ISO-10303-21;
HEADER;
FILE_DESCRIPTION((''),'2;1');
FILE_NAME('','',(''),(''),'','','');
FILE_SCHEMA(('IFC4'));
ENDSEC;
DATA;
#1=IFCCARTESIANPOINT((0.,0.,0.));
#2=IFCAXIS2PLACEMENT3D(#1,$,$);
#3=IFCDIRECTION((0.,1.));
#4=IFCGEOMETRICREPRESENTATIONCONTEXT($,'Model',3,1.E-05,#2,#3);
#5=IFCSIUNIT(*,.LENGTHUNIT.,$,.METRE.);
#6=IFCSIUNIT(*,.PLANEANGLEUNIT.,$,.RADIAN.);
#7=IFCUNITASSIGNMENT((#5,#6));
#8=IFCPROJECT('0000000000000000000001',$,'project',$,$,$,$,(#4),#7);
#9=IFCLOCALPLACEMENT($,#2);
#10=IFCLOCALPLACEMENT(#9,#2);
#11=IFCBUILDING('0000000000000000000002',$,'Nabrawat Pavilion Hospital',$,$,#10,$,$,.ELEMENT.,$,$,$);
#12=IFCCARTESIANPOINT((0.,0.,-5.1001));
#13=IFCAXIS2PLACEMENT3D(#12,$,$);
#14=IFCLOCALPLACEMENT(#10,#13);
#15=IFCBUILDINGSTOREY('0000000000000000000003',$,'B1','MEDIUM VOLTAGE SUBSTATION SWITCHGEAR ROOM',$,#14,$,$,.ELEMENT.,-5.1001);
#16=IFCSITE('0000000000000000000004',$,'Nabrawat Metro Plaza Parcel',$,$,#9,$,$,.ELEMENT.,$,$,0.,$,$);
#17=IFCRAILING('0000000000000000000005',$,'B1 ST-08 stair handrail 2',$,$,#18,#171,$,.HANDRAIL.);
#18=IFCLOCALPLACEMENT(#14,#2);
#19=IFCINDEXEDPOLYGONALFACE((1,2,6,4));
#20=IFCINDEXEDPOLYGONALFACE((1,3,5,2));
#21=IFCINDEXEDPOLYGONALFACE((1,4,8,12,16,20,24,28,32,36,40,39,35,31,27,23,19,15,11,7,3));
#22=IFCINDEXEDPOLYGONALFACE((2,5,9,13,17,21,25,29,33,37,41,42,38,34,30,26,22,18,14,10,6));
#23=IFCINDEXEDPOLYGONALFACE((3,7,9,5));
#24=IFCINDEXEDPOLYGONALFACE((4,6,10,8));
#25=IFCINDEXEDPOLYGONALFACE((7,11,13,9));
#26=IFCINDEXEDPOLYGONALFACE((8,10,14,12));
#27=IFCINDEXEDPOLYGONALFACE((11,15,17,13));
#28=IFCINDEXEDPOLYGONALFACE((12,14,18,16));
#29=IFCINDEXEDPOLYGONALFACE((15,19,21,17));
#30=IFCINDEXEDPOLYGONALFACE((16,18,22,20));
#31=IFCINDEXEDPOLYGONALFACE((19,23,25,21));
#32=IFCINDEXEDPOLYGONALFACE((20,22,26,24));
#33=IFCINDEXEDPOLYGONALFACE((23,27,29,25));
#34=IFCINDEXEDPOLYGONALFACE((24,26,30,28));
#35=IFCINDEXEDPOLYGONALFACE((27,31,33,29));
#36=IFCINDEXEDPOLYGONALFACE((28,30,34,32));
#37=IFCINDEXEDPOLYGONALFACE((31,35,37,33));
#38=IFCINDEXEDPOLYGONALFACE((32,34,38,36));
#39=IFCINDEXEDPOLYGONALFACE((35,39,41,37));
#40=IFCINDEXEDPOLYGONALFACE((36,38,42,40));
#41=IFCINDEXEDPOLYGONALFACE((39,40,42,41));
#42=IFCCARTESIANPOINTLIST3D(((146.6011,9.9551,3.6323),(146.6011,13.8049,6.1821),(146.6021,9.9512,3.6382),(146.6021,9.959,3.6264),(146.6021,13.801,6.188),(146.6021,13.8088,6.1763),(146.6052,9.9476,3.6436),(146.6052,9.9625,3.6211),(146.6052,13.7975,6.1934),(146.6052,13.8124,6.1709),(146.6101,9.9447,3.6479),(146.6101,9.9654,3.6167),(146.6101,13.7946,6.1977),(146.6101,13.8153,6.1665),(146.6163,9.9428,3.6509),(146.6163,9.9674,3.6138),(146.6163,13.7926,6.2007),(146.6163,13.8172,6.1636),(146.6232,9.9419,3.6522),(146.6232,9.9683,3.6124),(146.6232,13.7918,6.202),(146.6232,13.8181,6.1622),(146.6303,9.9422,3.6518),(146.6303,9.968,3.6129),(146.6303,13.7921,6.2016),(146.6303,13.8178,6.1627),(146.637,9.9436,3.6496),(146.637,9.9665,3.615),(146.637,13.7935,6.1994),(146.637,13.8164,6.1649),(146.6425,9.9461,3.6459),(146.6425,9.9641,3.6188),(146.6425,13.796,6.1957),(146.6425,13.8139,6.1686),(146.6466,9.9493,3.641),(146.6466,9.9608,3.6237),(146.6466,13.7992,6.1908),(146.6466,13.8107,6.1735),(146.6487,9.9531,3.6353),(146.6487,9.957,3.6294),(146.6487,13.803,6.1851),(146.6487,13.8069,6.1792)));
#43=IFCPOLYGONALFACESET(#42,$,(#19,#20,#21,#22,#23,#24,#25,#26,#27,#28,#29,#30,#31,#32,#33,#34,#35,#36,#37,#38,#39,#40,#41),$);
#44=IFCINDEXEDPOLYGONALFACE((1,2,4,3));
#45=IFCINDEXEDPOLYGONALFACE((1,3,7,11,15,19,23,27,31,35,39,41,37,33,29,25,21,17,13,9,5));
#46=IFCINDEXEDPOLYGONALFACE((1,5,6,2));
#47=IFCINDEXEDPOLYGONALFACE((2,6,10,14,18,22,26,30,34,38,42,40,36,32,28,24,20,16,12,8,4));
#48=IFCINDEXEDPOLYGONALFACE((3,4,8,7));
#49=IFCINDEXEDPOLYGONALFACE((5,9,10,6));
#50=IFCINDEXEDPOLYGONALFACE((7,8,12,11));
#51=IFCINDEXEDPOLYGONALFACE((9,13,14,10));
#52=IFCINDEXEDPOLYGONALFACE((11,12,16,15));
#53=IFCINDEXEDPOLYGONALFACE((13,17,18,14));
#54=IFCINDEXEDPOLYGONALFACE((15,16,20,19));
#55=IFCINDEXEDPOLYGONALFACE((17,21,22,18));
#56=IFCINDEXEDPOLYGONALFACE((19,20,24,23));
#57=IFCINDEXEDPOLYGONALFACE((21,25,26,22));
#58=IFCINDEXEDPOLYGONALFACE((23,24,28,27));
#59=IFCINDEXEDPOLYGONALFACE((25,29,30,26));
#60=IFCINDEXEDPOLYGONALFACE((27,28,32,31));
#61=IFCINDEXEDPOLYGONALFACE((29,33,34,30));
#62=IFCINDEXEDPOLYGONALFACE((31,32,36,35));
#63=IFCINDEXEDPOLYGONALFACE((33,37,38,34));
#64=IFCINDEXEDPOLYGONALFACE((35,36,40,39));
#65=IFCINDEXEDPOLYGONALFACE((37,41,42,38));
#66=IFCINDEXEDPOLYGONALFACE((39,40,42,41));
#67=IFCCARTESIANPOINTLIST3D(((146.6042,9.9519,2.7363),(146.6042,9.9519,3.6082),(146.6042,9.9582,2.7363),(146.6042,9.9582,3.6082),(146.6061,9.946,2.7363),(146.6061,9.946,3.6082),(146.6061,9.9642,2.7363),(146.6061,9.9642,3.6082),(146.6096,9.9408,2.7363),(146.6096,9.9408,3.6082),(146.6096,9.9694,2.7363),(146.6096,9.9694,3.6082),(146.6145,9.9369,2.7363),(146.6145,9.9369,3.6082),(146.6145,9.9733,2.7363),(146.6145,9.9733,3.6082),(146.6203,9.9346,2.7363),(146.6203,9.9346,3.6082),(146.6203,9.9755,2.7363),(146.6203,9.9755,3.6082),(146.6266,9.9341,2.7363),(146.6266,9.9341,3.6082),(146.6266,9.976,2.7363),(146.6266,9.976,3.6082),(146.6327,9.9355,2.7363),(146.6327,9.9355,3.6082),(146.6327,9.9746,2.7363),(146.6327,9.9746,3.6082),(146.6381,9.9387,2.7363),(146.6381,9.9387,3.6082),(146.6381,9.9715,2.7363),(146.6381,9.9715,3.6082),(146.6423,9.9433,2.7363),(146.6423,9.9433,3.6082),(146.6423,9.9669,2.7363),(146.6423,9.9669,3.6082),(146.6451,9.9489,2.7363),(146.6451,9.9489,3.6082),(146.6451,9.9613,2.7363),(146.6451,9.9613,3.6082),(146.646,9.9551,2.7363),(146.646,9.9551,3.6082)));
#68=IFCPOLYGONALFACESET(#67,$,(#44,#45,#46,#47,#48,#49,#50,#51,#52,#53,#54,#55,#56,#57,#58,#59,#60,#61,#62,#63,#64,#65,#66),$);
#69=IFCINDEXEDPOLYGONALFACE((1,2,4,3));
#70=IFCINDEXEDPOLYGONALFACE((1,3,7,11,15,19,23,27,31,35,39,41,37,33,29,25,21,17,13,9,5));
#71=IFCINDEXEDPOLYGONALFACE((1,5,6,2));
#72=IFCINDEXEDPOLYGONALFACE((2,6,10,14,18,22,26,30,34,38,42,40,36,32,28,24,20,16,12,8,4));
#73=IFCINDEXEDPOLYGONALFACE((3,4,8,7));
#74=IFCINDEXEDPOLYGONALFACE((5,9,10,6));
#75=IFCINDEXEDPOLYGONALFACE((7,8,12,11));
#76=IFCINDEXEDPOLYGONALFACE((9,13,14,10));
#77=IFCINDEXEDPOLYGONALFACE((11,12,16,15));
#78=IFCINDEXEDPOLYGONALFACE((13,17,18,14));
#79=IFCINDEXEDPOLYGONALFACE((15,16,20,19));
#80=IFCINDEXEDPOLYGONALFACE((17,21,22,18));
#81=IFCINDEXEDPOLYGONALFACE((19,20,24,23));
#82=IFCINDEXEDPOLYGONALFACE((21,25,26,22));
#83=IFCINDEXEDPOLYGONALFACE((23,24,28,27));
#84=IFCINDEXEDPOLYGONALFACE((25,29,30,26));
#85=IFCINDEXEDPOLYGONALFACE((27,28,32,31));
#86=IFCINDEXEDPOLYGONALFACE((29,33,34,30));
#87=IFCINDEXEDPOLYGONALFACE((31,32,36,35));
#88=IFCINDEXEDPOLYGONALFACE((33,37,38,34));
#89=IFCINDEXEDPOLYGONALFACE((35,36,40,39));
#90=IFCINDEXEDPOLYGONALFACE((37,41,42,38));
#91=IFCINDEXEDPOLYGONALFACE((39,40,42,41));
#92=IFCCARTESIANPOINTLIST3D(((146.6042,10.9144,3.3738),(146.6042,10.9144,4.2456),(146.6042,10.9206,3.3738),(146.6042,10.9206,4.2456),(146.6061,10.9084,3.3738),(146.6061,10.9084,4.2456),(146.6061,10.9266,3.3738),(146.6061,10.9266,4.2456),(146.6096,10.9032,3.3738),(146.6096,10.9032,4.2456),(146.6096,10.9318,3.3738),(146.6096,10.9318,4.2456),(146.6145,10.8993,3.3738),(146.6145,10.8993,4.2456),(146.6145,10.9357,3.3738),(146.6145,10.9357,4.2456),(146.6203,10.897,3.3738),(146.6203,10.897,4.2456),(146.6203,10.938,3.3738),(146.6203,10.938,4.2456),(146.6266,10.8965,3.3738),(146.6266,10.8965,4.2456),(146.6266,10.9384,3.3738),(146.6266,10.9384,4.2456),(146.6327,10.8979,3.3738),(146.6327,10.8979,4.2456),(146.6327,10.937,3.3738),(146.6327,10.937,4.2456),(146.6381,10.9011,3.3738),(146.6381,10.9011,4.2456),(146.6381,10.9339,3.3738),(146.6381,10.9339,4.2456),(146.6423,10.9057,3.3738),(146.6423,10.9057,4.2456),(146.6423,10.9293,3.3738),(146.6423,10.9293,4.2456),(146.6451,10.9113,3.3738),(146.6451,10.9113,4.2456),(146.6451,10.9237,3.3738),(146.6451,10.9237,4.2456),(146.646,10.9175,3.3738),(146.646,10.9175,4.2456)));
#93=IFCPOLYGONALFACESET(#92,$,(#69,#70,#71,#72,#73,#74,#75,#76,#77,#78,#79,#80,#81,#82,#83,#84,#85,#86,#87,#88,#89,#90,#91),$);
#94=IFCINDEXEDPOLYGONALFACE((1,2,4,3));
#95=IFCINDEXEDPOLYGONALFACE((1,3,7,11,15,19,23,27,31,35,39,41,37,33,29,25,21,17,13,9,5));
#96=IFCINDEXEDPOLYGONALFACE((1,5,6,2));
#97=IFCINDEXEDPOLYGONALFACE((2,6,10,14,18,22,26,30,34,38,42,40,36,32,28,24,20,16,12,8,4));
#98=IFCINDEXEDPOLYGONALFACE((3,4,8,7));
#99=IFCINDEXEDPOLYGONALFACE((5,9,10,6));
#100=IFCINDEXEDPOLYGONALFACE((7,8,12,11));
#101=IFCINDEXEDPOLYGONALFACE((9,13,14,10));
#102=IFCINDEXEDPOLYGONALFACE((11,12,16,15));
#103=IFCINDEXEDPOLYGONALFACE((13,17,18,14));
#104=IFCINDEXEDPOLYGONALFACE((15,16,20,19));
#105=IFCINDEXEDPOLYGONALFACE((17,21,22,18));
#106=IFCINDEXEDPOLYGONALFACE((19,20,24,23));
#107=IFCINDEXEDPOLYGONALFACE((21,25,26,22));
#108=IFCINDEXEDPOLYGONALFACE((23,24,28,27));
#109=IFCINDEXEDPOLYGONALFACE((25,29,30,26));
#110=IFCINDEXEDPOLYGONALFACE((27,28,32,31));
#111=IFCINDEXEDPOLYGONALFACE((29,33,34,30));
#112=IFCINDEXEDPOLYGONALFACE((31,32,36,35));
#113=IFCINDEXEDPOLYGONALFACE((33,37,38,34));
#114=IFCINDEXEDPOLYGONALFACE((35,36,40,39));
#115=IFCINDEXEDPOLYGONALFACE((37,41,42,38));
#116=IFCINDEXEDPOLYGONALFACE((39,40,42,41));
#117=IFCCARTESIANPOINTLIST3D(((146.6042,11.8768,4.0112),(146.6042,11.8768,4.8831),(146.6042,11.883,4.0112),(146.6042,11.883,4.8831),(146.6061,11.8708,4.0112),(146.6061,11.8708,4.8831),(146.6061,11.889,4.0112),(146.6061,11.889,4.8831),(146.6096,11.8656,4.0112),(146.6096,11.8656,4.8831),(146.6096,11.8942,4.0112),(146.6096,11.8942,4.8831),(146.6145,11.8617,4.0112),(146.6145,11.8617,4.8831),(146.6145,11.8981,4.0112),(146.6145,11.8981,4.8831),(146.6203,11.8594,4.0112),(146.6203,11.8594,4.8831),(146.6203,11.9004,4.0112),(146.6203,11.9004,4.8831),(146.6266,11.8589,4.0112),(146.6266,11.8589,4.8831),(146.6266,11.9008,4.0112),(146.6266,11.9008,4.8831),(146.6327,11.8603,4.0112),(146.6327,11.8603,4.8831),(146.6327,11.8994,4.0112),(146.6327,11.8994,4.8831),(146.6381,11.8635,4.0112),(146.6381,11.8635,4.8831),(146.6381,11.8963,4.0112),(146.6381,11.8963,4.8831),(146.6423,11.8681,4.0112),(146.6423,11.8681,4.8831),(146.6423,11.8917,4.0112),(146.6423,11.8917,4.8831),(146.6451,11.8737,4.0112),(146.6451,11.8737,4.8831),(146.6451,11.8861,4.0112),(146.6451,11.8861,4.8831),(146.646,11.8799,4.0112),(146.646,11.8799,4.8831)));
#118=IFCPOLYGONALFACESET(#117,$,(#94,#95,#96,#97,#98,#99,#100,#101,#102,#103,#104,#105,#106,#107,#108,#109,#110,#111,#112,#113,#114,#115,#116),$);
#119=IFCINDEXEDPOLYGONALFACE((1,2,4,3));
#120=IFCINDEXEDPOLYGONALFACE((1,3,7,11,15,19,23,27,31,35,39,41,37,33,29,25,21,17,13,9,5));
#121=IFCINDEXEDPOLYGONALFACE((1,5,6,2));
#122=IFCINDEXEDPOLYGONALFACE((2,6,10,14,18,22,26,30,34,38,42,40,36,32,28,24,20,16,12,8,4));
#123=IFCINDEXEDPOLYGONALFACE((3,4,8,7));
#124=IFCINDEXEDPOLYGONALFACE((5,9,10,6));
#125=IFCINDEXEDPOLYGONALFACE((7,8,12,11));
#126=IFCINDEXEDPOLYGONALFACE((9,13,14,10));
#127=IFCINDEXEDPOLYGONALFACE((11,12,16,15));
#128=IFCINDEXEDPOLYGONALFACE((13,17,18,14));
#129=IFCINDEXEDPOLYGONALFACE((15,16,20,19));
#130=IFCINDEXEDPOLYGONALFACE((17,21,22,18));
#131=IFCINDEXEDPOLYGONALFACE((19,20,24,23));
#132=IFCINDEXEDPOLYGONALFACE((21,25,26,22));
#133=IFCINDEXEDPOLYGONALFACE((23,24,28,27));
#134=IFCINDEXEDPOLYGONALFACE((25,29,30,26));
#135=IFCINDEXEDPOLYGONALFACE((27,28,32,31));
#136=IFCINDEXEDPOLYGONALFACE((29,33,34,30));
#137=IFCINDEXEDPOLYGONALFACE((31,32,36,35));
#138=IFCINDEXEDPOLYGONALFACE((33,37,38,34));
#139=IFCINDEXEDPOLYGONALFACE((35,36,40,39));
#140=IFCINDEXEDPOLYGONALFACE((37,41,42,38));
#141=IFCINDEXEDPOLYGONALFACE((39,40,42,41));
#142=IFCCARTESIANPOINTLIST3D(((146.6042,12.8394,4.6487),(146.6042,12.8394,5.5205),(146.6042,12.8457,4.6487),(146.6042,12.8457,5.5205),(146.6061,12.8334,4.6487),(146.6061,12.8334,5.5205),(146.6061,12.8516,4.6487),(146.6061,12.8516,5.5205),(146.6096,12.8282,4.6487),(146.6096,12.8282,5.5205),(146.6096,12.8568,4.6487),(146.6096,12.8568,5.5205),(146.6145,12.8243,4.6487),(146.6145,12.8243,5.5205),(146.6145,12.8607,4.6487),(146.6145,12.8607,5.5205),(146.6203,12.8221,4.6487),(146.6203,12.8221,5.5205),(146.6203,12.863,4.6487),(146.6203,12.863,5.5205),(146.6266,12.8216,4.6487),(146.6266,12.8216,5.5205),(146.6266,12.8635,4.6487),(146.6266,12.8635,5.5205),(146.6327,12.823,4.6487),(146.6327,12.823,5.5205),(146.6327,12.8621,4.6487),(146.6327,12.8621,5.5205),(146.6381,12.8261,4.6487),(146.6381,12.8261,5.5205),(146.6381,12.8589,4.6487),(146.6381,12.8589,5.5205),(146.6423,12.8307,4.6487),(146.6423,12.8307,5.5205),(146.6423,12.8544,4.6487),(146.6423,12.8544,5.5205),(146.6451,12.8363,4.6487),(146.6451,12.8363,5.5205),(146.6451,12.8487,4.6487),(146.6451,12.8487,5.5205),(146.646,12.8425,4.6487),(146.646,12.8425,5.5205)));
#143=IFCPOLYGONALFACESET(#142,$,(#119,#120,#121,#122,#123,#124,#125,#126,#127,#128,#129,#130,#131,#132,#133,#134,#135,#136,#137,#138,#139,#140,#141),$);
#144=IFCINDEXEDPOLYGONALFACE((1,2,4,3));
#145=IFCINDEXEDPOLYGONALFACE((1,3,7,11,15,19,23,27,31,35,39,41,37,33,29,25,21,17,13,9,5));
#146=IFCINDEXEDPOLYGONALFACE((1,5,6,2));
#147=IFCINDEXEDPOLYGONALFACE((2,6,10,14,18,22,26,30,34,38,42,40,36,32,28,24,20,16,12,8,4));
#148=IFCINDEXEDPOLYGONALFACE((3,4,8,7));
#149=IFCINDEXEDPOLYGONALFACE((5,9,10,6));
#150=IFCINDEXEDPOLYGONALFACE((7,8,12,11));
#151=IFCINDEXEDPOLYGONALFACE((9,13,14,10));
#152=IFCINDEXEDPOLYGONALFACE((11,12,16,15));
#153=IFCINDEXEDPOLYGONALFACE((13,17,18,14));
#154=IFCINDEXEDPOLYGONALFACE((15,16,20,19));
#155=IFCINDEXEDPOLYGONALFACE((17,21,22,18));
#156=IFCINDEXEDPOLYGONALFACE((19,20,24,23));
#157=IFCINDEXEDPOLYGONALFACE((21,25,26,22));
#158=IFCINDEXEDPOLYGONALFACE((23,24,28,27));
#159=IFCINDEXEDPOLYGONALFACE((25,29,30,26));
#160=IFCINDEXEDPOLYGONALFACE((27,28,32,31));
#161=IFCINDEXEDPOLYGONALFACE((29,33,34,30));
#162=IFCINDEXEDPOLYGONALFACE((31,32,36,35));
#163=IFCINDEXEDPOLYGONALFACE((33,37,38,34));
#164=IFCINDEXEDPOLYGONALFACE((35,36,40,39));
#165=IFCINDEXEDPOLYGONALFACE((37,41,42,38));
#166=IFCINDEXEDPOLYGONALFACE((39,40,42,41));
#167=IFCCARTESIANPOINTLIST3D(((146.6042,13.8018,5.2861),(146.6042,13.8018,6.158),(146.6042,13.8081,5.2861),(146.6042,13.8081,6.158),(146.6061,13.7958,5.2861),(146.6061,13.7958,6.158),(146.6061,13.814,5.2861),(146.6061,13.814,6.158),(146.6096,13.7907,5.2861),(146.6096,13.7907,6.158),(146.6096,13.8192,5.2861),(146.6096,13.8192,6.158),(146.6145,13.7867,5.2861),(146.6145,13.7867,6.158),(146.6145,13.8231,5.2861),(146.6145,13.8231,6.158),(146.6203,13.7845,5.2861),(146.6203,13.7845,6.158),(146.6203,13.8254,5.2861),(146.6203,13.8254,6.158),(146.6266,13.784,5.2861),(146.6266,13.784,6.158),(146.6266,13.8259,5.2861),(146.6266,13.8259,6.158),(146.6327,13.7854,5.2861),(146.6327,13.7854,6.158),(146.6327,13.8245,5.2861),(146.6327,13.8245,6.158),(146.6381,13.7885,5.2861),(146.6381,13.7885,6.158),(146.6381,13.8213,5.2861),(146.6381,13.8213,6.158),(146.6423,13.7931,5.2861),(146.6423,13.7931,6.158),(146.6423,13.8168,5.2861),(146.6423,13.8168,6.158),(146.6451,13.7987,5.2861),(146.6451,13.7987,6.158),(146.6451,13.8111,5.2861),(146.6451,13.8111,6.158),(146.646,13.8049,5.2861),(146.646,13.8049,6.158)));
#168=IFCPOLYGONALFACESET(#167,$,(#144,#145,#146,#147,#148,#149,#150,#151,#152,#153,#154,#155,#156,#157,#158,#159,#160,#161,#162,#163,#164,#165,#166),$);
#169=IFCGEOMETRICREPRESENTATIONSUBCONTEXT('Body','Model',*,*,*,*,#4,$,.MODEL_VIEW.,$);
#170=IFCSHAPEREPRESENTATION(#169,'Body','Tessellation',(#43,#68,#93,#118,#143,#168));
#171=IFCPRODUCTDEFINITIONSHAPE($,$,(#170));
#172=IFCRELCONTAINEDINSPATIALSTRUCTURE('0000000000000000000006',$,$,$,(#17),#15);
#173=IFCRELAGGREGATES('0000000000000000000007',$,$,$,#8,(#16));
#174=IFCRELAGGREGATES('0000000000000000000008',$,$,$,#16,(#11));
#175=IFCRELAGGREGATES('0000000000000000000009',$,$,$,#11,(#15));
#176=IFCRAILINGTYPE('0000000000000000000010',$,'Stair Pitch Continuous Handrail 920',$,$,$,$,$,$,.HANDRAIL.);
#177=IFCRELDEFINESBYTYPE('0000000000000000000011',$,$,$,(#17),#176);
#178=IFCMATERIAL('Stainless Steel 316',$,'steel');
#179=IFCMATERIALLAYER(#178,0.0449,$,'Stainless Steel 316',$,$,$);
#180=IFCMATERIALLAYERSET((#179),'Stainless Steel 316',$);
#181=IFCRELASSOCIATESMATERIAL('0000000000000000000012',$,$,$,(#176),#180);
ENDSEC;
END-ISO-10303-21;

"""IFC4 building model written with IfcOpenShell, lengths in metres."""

from ifc_helpers import new_model, si_unit, direction, frame, origin, origin_2d, place, context, subcontext, project, spatial, circle, extrude, material, layer, layer_set, type_object, element, save


model = new_model("IFC4")

# Units and contexts
model_context = context("Model", 3, precision=1e-05, world=origin(), true_north=direction((0.0, 1.0)))
body_context = subcontext(model_context, "Body", "Model", "MODEL_VIEW")
ifc_project = project(units=[si_unit("LENGTHUNIT", "METRE"), si_unit("PLANEANGLEUNIT", "RADIAN")], contexts=[model_context])

# Site, building, storey
site_placement = place(None, origin())
site = spatial("IfcSite", under=ifc_project, at=site_placement, Name="Nabrawat Metro Plaza Parcel", CompositionType="ELEMENT", RefElevation=0.0)
building_placement = place(site_placement, origin())
building = spatial("IfcBuilding", under=site, at=building_placement, Name="Nabrawat Pavilion Hospital", CompositionType="ELEMENT")
storey_placement = place(building_placement, frame((0.0, 0.0, -5.1001)))
storey = spatial("IfcBuildingStorey", under=building, at=storey_placement, Name="B1", Description="MEDIUM VOLTAGE SUBSTATION SWITCHGEAR ROOM", CompositionType="ELEMENT", Elevation=-5.1001)

# Railing
ifc_material_1 = material(Name="Stainless Steel 316", Category="steel")
ifc_layer_1 = layer(ifc_material_1, 0.0449, Name="Stainless Steel 316")
ifc_layer_set_1 = layer_set([ifc_layer_1], Name="Stainless Steel 316")
railing_type_1 = type_object("IfcRailingType", Name="Stair Pitch Continuous Handrail 920", PredefinedType="HANDRAIL", material=ifc_layer_set_1)
railing_1_placement = place(storey_placement, frame((146.625, 9.9551, 2.7363)))
element("IfcRailing", 1, at=railing_1_placement, inside=storey, type_object=railing_type_1, Name="B1 ST-08 stair handrail 2", PredefinedType="HANDRAIL", context=body_context, shape_type="SweptSolid", body=[
    extrude(circle(Radius=0.0239, at=origin_2d()), frame((0.0, 0.0, 0.896), z_axis=(0.0, 0.833722, 0.552184), x_axis=(-1.0, 0.0, 0.0)), (0.0, 0.0, 1.0), 4.6177),
    extrude(circle(Radius=0.021, at=origin_2d()), origin(), (0.0, 0.0, 1.0), 0.8718),
    extrude(circle(Radius=0.021, at=origin_2d()), frame((0.0, 0.9624, 0.6375)), (0.0, 0.0, 1.0), 0.8718),
    extrude(circle(Radius=0.021, at=origin_2d()), frame((0.0, 1.9248, 1.2749)), (0.0, 0.0, 1.0), 0.8718),
    extrude(circle(Radius=0.021, at=origin_2d()), frame((0.0, 2.8875, 1.9124)), (0.0, 0.0, 1.0), 0.8718),
    extrude(circle(Radius=0.021, at=origin_2d()), frame((0.0, 3.8499, 2.5498)), (0.0, 0.0, 1.0), 0.8718),
])

save(model, "model.ifc")
